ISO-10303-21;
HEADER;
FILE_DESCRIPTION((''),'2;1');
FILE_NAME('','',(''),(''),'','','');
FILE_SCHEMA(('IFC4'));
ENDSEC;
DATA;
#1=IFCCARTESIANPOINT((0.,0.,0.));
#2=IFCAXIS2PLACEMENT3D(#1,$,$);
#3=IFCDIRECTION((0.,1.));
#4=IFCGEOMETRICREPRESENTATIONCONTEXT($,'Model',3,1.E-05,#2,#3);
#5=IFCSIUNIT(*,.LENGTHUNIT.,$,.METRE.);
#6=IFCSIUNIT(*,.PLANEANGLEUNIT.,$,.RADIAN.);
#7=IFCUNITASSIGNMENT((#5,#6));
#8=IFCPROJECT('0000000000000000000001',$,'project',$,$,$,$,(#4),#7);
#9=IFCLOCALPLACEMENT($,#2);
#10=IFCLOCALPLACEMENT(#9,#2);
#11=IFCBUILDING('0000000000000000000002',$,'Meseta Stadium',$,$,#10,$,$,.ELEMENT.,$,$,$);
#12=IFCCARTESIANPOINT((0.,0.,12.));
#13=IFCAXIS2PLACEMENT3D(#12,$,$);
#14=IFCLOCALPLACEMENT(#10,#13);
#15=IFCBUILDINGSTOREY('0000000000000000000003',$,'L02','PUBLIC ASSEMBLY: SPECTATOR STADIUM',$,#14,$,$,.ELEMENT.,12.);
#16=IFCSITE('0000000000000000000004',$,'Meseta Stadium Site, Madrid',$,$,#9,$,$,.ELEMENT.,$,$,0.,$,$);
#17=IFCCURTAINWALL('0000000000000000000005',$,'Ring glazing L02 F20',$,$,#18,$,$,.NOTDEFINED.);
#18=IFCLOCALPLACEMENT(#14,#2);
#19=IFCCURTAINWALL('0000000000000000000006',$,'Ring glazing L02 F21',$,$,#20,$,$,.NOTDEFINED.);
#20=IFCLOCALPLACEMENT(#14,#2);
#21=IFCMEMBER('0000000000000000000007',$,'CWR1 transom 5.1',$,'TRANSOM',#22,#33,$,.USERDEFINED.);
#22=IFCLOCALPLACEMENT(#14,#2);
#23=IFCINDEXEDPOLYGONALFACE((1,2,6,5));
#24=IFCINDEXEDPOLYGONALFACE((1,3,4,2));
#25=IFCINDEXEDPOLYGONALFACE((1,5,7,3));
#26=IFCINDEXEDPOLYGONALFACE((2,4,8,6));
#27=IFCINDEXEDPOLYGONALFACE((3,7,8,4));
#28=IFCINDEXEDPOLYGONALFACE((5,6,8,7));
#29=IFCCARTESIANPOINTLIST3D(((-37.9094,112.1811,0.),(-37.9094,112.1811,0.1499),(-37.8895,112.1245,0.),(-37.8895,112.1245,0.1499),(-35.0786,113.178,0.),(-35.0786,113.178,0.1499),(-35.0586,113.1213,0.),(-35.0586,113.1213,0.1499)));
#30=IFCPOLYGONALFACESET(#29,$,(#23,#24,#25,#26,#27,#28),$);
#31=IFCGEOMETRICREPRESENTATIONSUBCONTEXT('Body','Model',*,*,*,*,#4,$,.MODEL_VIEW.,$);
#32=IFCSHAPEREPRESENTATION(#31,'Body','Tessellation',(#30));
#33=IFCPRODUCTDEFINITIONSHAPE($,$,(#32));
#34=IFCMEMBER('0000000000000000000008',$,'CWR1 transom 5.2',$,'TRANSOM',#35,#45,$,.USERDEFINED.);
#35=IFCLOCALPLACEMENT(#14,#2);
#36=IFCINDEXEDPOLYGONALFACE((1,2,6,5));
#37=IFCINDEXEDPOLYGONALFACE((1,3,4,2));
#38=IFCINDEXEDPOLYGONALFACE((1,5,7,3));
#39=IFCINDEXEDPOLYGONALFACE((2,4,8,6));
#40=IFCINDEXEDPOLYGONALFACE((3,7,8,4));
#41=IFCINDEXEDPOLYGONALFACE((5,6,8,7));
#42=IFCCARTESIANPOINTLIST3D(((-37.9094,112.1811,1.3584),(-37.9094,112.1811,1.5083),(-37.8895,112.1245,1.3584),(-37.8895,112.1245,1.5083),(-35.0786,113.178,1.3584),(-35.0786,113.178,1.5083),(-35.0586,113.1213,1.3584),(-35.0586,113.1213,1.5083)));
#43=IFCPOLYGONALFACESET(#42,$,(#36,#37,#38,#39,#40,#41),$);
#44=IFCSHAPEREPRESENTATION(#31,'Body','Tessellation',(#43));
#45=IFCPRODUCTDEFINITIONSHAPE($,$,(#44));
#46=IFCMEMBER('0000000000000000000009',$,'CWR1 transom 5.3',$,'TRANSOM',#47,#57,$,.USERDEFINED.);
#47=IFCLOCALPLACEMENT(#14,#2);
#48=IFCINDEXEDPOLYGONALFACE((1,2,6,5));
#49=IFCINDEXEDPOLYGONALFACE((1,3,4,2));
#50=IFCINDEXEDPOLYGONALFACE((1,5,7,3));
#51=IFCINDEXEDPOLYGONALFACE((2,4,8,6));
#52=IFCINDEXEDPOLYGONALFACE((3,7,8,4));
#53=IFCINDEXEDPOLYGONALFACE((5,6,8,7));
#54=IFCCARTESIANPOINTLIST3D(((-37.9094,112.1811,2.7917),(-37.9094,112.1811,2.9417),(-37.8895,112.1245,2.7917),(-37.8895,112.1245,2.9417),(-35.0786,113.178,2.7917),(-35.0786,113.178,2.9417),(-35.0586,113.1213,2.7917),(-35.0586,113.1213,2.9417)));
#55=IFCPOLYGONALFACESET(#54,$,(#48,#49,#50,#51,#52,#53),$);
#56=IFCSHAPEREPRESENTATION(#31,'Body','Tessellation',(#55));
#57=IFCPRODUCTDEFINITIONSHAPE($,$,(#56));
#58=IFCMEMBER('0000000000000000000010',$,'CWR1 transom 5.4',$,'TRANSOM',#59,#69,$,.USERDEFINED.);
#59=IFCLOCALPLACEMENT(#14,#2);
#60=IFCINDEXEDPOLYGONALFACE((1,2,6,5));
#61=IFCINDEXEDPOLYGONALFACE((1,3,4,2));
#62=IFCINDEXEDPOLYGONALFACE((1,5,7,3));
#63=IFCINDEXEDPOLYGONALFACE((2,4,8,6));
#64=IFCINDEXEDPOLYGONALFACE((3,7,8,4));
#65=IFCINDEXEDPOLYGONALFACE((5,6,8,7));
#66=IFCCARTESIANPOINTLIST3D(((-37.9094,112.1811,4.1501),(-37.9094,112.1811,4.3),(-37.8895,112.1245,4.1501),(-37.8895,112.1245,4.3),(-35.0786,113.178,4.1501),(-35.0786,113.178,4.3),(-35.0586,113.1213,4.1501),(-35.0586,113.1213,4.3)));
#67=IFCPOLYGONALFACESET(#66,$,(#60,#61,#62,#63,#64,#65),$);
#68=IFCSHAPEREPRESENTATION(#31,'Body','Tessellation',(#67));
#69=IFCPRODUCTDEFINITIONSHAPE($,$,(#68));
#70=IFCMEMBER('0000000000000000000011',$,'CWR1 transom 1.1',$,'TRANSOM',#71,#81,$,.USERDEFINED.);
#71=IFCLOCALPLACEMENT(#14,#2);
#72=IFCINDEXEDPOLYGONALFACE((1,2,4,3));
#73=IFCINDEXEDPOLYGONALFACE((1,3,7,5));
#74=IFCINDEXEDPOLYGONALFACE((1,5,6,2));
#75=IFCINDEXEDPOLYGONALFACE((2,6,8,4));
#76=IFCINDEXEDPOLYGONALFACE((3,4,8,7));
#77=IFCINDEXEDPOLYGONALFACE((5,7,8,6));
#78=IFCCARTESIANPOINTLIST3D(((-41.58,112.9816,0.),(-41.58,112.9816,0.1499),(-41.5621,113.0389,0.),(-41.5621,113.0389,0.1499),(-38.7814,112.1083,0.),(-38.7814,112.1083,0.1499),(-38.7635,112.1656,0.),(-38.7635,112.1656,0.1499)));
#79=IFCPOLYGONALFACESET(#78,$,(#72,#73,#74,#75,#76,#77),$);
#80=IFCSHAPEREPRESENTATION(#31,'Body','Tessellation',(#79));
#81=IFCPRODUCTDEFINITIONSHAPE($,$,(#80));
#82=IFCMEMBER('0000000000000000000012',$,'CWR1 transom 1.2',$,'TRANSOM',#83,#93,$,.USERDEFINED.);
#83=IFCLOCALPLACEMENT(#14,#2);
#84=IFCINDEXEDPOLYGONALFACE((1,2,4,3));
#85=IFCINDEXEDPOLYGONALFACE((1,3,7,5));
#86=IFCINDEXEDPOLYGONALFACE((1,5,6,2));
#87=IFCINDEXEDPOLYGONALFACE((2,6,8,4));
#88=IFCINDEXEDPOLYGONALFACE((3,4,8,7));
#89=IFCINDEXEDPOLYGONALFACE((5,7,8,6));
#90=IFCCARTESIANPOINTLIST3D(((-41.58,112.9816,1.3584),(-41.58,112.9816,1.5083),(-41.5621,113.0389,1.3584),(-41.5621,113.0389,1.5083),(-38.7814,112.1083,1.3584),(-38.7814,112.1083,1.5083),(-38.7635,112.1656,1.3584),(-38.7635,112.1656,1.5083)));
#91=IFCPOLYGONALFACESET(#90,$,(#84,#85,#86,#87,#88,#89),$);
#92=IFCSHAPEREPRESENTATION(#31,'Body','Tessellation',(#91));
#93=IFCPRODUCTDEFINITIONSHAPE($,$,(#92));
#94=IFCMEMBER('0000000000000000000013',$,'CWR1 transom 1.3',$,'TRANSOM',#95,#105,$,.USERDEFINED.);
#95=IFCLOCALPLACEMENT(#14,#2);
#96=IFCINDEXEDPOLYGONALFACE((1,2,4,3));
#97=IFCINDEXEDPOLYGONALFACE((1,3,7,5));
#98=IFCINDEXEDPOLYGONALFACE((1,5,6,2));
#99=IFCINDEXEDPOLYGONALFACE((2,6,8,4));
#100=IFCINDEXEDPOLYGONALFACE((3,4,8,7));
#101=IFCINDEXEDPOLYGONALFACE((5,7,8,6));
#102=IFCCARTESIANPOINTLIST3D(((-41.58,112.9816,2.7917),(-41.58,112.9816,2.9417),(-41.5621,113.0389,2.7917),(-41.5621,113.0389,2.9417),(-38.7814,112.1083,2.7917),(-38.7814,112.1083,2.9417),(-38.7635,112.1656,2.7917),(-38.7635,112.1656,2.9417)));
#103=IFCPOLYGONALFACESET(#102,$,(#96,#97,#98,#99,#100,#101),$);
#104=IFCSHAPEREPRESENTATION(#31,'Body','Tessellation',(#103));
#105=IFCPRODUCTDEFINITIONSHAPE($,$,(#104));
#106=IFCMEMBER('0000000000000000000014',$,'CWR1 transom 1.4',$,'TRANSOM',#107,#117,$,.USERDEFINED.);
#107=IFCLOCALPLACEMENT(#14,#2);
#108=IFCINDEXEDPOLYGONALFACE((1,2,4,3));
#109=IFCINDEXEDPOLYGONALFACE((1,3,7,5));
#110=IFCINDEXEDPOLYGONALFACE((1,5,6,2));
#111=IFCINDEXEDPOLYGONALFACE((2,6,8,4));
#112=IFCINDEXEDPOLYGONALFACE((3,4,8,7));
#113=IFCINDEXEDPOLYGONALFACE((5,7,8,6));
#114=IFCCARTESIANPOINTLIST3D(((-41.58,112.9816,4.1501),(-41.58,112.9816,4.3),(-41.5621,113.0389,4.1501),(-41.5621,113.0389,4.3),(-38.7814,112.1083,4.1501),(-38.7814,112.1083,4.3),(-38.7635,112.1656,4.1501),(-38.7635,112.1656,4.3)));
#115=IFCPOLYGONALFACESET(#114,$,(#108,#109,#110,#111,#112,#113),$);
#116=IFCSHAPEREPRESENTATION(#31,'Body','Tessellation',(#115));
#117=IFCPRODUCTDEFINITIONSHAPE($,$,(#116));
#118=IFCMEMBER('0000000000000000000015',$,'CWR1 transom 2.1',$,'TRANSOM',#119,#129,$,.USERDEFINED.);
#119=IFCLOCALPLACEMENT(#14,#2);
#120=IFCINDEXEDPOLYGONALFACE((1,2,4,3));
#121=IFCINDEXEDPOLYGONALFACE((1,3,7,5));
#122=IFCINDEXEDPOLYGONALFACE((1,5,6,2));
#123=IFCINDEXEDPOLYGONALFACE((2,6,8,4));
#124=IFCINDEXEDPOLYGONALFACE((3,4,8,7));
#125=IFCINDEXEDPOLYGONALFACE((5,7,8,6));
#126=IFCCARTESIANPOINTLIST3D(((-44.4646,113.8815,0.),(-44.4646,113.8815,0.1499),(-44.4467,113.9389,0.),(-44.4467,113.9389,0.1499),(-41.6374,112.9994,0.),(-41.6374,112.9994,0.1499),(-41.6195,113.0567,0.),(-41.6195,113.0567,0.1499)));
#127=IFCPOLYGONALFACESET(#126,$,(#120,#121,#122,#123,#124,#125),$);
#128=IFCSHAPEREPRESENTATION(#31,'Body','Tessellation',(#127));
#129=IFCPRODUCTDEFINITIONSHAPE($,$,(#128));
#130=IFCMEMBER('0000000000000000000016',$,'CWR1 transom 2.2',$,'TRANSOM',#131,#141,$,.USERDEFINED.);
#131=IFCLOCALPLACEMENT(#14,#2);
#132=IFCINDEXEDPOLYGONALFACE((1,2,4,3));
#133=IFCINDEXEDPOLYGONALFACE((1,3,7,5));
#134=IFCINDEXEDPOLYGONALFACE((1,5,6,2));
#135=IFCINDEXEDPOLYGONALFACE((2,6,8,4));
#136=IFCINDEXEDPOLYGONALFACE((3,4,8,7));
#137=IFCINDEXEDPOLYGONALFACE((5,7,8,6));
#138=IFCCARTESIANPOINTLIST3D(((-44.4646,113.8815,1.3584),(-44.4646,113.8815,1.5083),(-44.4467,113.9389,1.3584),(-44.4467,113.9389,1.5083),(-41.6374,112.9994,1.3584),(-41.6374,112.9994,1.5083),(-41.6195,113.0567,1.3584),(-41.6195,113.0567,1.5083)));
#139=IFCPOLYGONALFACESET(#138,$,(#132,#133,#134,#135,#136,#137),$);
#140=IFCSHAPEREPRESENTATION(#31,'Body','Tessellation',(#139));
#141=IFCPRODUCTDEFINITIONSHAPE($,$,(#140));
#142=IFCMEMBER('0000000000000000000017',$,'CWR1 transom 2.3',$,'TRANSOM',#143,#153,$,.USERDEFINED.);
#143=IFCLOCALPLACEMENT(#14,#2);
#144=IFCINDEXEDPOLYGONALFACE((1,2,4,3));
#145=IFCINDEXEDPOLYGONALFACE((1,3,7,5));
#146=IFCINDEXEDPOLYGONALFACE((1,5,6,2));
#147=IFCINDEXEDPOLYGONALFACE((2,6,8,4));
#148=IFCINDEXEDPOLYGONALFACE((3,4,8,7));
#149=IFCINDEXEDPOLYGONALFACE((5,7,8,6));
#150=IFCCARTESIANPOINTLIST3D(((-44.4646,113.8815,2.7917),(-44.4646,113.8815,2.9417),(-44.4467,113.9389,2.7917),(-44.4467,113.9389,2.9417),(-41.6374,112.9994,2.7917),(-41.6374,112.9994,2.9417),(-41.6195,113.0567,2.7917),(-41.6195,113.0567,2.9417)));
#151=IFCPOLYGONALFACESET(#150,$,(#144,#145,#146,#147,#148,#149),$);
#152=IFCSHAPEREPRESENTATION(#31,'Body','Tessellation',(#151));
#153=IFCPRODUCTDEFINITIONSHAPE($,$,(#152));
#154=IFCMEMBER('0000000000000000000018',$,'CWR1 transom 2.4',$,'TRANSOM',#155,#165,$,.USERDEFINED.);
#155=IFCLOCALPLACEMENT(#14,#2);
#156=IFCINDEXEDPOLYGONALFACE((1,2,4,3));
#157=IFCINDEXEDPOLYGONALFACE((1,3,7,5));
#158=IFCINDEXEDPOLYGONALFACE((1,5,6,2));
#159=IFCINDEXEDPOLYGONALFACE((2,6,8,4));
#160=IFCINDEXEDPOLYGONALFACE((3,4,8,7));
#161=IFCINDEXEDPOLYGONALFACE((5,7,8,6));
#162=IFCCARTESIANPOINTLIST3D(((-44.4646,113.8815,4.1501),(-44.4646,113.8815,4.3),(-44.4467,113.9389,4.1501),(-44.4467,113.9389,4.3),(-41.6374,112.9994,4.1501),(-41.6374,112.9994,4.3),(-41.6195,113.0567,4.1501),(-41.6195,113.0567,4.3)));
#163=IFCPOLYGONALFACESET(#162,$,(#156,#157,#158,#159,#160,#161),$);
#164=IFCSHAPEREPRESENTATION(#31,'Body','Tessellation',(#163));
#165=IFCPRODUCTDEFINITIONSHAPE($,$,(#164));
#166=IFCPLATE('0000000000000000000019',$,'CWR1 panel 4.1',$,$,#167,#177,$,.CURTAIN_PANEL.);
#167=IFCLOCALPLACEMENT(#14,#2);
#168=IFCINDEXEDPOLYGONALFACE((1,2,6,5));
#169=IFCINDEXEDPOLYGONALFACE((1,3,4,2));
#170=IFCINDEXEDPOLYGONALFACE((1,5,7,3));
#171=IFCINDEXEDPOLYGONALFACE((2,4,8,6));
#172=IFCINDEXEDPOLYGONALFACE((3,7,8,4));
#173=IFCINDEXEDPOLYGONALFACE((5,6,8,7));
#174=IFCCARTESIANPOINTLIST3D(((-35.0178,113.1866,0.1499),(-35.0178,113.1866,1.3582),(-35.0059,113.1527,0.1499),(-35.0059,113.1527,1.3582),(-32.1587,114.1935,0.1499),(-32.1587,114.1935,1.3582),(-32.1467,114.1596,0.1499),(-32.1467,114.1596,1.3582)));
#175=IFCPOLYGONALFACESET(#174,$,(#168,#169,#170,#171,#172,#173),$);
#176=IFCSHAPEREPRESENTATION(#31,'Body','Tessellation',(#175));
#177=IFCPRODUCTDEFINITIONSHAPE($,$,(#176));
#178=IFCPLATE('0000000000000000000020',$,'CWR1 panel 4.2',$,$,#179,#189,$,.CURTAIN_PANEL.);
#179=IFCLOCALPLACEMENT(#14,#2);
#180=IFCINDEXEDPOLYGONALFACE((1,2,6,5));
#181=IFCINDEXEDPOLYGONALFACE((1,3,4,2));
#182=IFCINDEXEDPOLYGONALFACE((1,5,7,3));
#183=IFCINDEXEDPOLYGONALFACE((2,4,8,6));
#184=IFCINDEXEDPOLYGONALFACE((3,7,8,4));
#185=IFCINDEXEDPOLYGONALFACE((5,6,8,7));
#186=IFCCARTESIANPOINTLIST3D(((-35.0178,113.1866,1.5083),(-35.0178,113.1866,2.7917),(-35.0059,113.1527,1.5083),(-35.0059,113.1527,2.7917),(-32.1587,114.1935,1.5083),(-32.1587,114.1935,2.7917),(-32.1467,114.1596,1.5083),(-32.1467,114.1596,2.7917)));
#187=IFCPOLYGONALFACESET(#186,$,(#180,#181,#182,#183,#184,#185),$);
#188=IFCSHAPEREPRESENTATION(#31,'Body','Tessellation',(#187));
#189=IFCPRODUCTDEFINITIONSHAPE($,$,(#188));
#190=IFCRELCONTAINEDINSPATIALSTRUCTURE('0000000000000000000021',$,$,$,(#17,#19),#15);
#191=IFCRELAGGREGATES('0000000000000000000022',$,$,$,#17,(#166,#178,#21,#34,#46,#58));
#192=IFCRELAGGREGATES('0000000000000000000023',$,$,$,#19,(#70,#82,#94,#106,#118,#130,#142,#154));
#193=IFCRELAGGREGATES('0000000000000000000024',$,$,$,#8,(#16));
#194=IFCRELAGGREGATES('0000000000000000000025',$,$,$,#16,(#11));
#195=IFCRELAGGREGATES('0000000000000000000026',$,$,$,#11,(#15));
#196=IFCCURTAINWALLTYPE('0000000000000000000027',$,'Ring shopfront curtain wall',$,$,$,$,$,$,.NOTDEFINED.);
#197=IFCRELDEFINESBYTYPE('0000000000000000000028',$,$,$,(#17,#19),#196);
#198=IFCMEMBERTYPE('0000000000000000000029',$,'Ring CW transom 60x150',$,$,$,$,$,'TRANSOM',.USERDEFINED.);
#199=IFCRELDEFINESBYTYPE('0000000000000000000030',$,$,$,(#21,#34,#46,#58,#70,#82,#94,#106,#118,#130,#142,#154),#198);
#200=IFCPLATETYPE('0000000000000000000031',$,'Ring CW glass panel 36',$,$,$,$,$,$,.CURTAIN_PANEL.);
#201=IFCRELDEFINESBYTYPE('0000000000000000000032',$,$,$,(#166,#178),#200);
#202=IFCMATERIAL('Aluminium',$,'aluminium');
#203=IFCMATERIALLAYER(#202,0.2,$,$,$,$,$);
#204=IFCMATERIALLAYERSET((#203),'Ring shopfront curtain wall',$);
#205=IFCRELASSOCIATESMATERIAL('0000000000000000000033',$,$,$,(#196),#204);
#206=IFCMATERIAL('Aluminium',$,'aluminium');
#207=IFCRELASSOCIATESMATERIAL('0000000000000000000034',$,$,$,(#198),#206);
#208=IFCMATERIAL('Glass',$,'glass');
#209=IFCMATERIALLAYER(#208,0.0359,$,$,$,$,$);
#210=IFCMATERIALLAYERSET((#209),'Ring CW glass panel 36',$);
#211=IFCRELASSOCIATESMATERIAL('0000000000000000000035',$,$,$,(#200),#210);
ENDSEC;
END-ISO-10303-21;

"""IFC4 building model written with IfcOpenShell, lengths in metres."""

from ifc_helpers import new_model, si_unit, direction, frame, origin, origin_2d, place, context, subcontext, project, spatial, rectangle, extrude, material, layer, layer_set, material_profile, profile_set, type_object, element, aggregate, save


model = new_model("IFC4")

# Units and contexts
model_context = context("Model", 3, precision=1e-05, world=origin(), true_north=direction((0.0, 1.0)))
body_context = subcontext(model_context, "Body", "Model", "MODEL_VIEW")
ifc_project = project(units=[si_unit("LENGTHUNIT", "METRE"), si_unit("PLANEANGLEUNIT", "RADIAN")], contexts=[model_context])

# Site, building, storey
site_placement = place(None, origin())
site = spatial("IfcSite", under=ifc_project, at=site_placement, Name="Meseta Stadium Site, Madrid", CompositionType="ELEMENT", RefElevation=0.0)
building_placement = place(site_placement, origin())
building = spatial("IfcBuilding", under=site, at=building_placement, Name="Meseta Stadium", CompositionType="ELEMENT")
storey_placement = place(building_placement, frame((0.0, 0.0, 12.0)))
storey = spatial("IfcBuildingStorey", under=building, at=storey_placement, Name="L02", Description="PUBLIC ASSEMBLY: SPECTATOR STADIUM", CompositionType="ELEMENT", Elevation=12.0)

# Curtain walls
ifc_material_1 = material(Name="Aluminium", Category="aluminium")
ifc_layer_1 = layer(ifc_material_1, 0.2)
ifc_layer_set_1 = layer_set([ifc_layer_1], Name="Ring shopfront curtain wall")
curtain_wall_type = type_object("IfcCurtainWallType", Name="Ring shopfront curtain wall", PredefinedType="NOTDEFINED", material=ifc_layer_set_1)
curtain_wall_1_placement = place(storey_placement, origin())
curtain_wall_1 = element("IfcCurtainWall", 1, at=curtain_wall_1_placement, inside=storey, type_object=curtain_wall_type, Name="Ring glazing L02 F20", PredefinedType="NOTDEFINED")
curtain_wall_2_placement = place(storey_placement, origin())
curtain_wall_2 = element("IfcCurtainWall", 2, at=curtain_wall_2_placement, inside=storey, type_object=curtain_wall_type, Name="Ring glazing L02 F21", PredefinedType="NOTDEFINED")

# Members
ifc_material_2 = material(Name="Aluminium", Category="aluminium")
ifc_material_profile_1 = material_profile(ifc_material_2, rectangle(XDim=0.0601, YDim=0.1499, at=origin_2d()), Name="CW 60x150")
ifc_profile_set_1 = profile_set([ifc_material_profile_1], Name="Aluminium")
member_type_1 = type_object("IfcMemberType", Name="Ring CW transom 60x150", ElementType="TRANSOM", PredefinedType="USERDEFINED", material=ifc_profile_set_1)
member_1_placement = place(storey_placement, frame((-35.0686, 113.1497, 0.075), z_axis=(-0.943229, -0.332143, 0.0), x_axis=(0.332143, -0.943229, 0.0)))
member_1 = element("IfcMember", 3, at=member_1_placement, type_object=member_type_1, Name="CWR1 transom 5.1", ObjectType="TRANSOM", PredefinedType="USERDEFINED", context=body_context, shape_type="SweptSolid", body=[
    extrude(rectangle(XDim=0.0601, YDim=0.1499, at=origin_2d()), origin(), (0.0, 0.0, 1.0), 3.0012),
])
member_2_placement = place(storey_placement, frame((-35.0686, 113.1497, 1.4333), z_axis=(-0.943229, -0.332143, 0.0), x_axis=(0.332143, -0.943229, 0.0)))
member_2 = element("IfcMember", 4, at=member_2_placement, type_object=member_type_1, Name="CWR1 transom 5.2", ObjectType="TRANSOM", PredefinedType="USERDEFINED", context=body_context, shape_type="SweptSolid", body=[
    extrude(rectangle(XDim=0.0601, YDim=0.1499, at=origin_2d()), origin(), (0.0, 0.0, 1.0), 3.0012),
])
member_3_placement = place(storey_placement, frame((-35.0686, 113.1497, 2.8667), z_axis=(-0.943229, -0.332143, 0.0), x_axis=(0.332143, -0.943229, 0.0)))
member_3 = element("IfcMember", 5, at=member_3_placement, type_object=member_type_1, Name="CWR1 transom 5.3", ObjectType="TRANSOM", PredefinedType="USERDEFINED", context=body_context, shape_type="SweptSolid", body=[
    extrude(rectangle(XDim=0.0601, YDim=0.1499, at=origin_2d()), origin(), (0.0, 0.0, 1.0), 3.0012),
])
member_4_placement = place(storey_placement, frame((-35.0686, 113.1497, 4.2251), z_axis=(-0.943229, -0.332143, 0.0), x_axis=(0.332143, -0.943229, 0.0)))
member_4 = element("IfcMember", 6, at=member_4_placement, type_object=member_type_1, Name="CWR1 transom 5.4", ObjectType="TRANSOM", PredefinedType="USERDEFINED", context=body_context, shape_type="SweptSolid", body=[
    extrude(rectangle(XDim=0.0601, YDim=0.1499, at=origin_2d()), origin(), (0.0, 0.0, 1.0), 3.0012),
])
member_5_placement = place(storey_placement, frame((-38.7725, 112.137, 0.075), z_axis=(-0.954603, 0.297881, 0.0), x_axis=(-0.297881, -0.954603, 0.0)))
member_5 = element("IfcMember", 7, at=member_5_placement, type_object=member_type_1, Name="CWR1 transom 1.1", ObjectType="TRANSOM", PredefinedType="USERDEFINED", context=body_context, shape_type="SweptSolid", body=[
    extrude(rectangle(XDim=0.0601, YDim=0.1499, at=origin_2d()), origin(), (0.0, 0.0, 1.0), 2.9316),
])
member_6_placement = place(storey_placement, frame((-38.7725, 112.137, 1.4333), z_axis=(-0.954603, 0.297881, 0.0), x_axis=(-0.297881, -0.954603, 0.0)))
member_6 = element("IfcMember", 8, at=member_6_placement, type_object=member_type_1, Name="CWR1 transom 1.2", ObjectType="TRANSOM", PredefinedType="USERDEFINED", context=body_context, shape_type="SweptSolid", body=[
    extrude(rectangle(XDim=0.0601, YDim=0.1499, at=origin_2d()), origin(), (0.0, 0.0, 1.0), 2.9316),
])
member_7_placement = place(storey_placement, frame((-38.7725, 112.137, 2.8667), z_axis=(-0.954603, 0.297881, 0.0), x_axis=(-0.297881, -0.954603, 0.0)))
member_7 = element("IfcMember", 9, at=member_7_placement, type_object=member_type_1, Name="CWR1 transom 1.3", ObjectType="TRANSOM", PredefinedType="USERDEFINED", context=body_context, shape_type="SweptSolid", body=[
    extrude(rectangle(XDim=0.0601, YDim=0.1499, at=origin_2d()), origin(), (0.0, 0.0, 1.0), 2.9316),
])
member_8_placement = place(storey_placement, frame((-38.7725, 112.137, 4.2251), z_axis=(-0.954603, 0.297881, 0.0), x_axis=(-0.297881, -0.954603, 0.0)))
member_8 = element("IfcMember", 10, at=member_8_placement, type_object=member_type_1, Name="CWR1 transom 1.4", ObjectType="TRANSOM", PredefinedType="USERDEFINED", context=body_context, shape_type="SweptSolid", body=[
    extrude(rectangle(XDim=0.0601, YDim=0.1499, at=origin_2d()), origin(), (0.0, 0.0, 1.0), 2.9316),
])
member_9_placement = place(storey_placement, frame((-41.6284, 113.0281, 0.075), z_axis=(-0.954615, 0.297843, 0.0), x_axis=(-0.297843, -0.954615, 0.0)))
member_9 = element("IfcMember", 11, at=member_9_placement, type_object=member_type_1, Name="CWR1 transom 2.1", ObjectType="TRANSOM", PredefinedType="USERDEFINED", context=body_context, shape_type="SweptSolid", body=[
    extrude(rectangle(XDim=0.0601, YDim=0.1499, at=origin_2d()), origin(), (0.0, 0.0, 1.0), 2.9617),
])
member_10_placement = place(storey_placement, frame((-41.6284, 113.0281, 1.4333), z_axis=(-0.954615, 0.297843, 0.0), x_axis=(-0.297843, -0.954615, 0.0)))
member_10 = element("IfcMember", 12, at=member_10_placement, type_object=member_type_1, Name="CWR1 transom 2.2", ObjectType="TRANSOM", PredefinedType="USERDEFINED", context=body_context, shape_type="SweptSolid", body=[
    extrude(rectangle(XDim=0.0601, YDim=0.1499, at=origin_2d()), origin(), (0.0, 0.0, 1.0), 2.9617),
])
member_11_placement = place(storey_placement, frame((-41.6284, 113.0281, 2.8667), z_axis=(-0.954615, 0.297843, 0.0), x_axis=(-0.297843, -0.954615, 0.0)))
member_11 = element("IfcMember", 13, at=member_11_placement, type_object=member_type_1, Name="CWR1 transom 2.3", ObjectType="TRANSOM", PredefinedType="USERDEFINED", context=body_context, shape_type="SweptSolid", body=[
    extrude(rectangle(XDim=0.0601, YDim=0.1499, at=origin_2d()), origin(), (0.0, 0.0, 1.0), 2.9617),
])
member_12_placement = place(storey_placement, frame((-41.6284, 113.0281, 4.2251), z_axis=(-0.954615, 0.297843, 0.0), x_axis=(-0.297843, -0.954615, 0.0)))
member_12 = element("IfcMember", 14, at=member_12_placement, type_object=member_type_1, Name="CWR1 transom 2.4", ObjectType="TRANSOM", PredefinedType="USERDEFINED", context=body_context, shape_type="SweptSolid", body=[
    extrude(rectangle(XDim=0.0601, YDim=0.1499, at=origin_2d()), origin(), (0.0, 0.0, 1.0), 2.9617),
])

# Plates
ifc_material_3 = material(Name="Glass", Category="glass")
ifc_layer_2 = layer(ifc_material_3, 0.0359)
ifc_layer_set_2 = layer_set([ifc_layer_2], Name="Ring CW glass panel 36")
plate_type = type_object("IfcPlateType", Name="Ring CW glass panel 36", PredefinedType="CURTAIN_PANEL", material=ifc_layer_set_2)
plate_1_placement = place(storey_placement, frame((-33.5823, 113.6731, 0.1499), z_axis=(0.0, 0.0, 1.0), x_axis=(-0.943218, -0.332174, 0.0)))
plate_1 = element("IfcPlate", 15, at=plate_1_placement, type_object=plate_type, Name="CWR1 panel 4.1", PredefinedType="CURTAIN_PANEL", context=body_context, shape_type="SweptSolid", body=[
    extrude(rectangle(XDim=3.0312, YDim=0.0359, at=origin_2d()), origin(), (0.0, 0.0, 1.0), 1.2083),
])
plate_2_placement = place(storey_placement, frame((-33.5823, 113.6731, 1.5083), z_axis=(0.0, 0.0, 1.0), x_axis=(-0.943218, -0.332174, 0.0)))
plate_2 = element("IfcPlate", 16, at=plate_2_placement, type_object=plate_type, Name="CWR1 panel 4.2", PredefinedType="CURTAIN_PANEL", context=body_context, shape_type="SweptSolid", body=[
    extrude(rectangle(XDim=3.0312, YDim=0.0359, at=origin_2d()), origin(), (0.0, 0.0, 1.0), 1.2834),
])
aggregate(curtain_wall_1, [plate_1, plate_2, member_1, member_2, member_3, member_4])
aggregate(curtain_wall_2, [member_5, member_6, member_7, member_8, member_9, member_10, member_11, member_12])

save(model, "model.ifc")
